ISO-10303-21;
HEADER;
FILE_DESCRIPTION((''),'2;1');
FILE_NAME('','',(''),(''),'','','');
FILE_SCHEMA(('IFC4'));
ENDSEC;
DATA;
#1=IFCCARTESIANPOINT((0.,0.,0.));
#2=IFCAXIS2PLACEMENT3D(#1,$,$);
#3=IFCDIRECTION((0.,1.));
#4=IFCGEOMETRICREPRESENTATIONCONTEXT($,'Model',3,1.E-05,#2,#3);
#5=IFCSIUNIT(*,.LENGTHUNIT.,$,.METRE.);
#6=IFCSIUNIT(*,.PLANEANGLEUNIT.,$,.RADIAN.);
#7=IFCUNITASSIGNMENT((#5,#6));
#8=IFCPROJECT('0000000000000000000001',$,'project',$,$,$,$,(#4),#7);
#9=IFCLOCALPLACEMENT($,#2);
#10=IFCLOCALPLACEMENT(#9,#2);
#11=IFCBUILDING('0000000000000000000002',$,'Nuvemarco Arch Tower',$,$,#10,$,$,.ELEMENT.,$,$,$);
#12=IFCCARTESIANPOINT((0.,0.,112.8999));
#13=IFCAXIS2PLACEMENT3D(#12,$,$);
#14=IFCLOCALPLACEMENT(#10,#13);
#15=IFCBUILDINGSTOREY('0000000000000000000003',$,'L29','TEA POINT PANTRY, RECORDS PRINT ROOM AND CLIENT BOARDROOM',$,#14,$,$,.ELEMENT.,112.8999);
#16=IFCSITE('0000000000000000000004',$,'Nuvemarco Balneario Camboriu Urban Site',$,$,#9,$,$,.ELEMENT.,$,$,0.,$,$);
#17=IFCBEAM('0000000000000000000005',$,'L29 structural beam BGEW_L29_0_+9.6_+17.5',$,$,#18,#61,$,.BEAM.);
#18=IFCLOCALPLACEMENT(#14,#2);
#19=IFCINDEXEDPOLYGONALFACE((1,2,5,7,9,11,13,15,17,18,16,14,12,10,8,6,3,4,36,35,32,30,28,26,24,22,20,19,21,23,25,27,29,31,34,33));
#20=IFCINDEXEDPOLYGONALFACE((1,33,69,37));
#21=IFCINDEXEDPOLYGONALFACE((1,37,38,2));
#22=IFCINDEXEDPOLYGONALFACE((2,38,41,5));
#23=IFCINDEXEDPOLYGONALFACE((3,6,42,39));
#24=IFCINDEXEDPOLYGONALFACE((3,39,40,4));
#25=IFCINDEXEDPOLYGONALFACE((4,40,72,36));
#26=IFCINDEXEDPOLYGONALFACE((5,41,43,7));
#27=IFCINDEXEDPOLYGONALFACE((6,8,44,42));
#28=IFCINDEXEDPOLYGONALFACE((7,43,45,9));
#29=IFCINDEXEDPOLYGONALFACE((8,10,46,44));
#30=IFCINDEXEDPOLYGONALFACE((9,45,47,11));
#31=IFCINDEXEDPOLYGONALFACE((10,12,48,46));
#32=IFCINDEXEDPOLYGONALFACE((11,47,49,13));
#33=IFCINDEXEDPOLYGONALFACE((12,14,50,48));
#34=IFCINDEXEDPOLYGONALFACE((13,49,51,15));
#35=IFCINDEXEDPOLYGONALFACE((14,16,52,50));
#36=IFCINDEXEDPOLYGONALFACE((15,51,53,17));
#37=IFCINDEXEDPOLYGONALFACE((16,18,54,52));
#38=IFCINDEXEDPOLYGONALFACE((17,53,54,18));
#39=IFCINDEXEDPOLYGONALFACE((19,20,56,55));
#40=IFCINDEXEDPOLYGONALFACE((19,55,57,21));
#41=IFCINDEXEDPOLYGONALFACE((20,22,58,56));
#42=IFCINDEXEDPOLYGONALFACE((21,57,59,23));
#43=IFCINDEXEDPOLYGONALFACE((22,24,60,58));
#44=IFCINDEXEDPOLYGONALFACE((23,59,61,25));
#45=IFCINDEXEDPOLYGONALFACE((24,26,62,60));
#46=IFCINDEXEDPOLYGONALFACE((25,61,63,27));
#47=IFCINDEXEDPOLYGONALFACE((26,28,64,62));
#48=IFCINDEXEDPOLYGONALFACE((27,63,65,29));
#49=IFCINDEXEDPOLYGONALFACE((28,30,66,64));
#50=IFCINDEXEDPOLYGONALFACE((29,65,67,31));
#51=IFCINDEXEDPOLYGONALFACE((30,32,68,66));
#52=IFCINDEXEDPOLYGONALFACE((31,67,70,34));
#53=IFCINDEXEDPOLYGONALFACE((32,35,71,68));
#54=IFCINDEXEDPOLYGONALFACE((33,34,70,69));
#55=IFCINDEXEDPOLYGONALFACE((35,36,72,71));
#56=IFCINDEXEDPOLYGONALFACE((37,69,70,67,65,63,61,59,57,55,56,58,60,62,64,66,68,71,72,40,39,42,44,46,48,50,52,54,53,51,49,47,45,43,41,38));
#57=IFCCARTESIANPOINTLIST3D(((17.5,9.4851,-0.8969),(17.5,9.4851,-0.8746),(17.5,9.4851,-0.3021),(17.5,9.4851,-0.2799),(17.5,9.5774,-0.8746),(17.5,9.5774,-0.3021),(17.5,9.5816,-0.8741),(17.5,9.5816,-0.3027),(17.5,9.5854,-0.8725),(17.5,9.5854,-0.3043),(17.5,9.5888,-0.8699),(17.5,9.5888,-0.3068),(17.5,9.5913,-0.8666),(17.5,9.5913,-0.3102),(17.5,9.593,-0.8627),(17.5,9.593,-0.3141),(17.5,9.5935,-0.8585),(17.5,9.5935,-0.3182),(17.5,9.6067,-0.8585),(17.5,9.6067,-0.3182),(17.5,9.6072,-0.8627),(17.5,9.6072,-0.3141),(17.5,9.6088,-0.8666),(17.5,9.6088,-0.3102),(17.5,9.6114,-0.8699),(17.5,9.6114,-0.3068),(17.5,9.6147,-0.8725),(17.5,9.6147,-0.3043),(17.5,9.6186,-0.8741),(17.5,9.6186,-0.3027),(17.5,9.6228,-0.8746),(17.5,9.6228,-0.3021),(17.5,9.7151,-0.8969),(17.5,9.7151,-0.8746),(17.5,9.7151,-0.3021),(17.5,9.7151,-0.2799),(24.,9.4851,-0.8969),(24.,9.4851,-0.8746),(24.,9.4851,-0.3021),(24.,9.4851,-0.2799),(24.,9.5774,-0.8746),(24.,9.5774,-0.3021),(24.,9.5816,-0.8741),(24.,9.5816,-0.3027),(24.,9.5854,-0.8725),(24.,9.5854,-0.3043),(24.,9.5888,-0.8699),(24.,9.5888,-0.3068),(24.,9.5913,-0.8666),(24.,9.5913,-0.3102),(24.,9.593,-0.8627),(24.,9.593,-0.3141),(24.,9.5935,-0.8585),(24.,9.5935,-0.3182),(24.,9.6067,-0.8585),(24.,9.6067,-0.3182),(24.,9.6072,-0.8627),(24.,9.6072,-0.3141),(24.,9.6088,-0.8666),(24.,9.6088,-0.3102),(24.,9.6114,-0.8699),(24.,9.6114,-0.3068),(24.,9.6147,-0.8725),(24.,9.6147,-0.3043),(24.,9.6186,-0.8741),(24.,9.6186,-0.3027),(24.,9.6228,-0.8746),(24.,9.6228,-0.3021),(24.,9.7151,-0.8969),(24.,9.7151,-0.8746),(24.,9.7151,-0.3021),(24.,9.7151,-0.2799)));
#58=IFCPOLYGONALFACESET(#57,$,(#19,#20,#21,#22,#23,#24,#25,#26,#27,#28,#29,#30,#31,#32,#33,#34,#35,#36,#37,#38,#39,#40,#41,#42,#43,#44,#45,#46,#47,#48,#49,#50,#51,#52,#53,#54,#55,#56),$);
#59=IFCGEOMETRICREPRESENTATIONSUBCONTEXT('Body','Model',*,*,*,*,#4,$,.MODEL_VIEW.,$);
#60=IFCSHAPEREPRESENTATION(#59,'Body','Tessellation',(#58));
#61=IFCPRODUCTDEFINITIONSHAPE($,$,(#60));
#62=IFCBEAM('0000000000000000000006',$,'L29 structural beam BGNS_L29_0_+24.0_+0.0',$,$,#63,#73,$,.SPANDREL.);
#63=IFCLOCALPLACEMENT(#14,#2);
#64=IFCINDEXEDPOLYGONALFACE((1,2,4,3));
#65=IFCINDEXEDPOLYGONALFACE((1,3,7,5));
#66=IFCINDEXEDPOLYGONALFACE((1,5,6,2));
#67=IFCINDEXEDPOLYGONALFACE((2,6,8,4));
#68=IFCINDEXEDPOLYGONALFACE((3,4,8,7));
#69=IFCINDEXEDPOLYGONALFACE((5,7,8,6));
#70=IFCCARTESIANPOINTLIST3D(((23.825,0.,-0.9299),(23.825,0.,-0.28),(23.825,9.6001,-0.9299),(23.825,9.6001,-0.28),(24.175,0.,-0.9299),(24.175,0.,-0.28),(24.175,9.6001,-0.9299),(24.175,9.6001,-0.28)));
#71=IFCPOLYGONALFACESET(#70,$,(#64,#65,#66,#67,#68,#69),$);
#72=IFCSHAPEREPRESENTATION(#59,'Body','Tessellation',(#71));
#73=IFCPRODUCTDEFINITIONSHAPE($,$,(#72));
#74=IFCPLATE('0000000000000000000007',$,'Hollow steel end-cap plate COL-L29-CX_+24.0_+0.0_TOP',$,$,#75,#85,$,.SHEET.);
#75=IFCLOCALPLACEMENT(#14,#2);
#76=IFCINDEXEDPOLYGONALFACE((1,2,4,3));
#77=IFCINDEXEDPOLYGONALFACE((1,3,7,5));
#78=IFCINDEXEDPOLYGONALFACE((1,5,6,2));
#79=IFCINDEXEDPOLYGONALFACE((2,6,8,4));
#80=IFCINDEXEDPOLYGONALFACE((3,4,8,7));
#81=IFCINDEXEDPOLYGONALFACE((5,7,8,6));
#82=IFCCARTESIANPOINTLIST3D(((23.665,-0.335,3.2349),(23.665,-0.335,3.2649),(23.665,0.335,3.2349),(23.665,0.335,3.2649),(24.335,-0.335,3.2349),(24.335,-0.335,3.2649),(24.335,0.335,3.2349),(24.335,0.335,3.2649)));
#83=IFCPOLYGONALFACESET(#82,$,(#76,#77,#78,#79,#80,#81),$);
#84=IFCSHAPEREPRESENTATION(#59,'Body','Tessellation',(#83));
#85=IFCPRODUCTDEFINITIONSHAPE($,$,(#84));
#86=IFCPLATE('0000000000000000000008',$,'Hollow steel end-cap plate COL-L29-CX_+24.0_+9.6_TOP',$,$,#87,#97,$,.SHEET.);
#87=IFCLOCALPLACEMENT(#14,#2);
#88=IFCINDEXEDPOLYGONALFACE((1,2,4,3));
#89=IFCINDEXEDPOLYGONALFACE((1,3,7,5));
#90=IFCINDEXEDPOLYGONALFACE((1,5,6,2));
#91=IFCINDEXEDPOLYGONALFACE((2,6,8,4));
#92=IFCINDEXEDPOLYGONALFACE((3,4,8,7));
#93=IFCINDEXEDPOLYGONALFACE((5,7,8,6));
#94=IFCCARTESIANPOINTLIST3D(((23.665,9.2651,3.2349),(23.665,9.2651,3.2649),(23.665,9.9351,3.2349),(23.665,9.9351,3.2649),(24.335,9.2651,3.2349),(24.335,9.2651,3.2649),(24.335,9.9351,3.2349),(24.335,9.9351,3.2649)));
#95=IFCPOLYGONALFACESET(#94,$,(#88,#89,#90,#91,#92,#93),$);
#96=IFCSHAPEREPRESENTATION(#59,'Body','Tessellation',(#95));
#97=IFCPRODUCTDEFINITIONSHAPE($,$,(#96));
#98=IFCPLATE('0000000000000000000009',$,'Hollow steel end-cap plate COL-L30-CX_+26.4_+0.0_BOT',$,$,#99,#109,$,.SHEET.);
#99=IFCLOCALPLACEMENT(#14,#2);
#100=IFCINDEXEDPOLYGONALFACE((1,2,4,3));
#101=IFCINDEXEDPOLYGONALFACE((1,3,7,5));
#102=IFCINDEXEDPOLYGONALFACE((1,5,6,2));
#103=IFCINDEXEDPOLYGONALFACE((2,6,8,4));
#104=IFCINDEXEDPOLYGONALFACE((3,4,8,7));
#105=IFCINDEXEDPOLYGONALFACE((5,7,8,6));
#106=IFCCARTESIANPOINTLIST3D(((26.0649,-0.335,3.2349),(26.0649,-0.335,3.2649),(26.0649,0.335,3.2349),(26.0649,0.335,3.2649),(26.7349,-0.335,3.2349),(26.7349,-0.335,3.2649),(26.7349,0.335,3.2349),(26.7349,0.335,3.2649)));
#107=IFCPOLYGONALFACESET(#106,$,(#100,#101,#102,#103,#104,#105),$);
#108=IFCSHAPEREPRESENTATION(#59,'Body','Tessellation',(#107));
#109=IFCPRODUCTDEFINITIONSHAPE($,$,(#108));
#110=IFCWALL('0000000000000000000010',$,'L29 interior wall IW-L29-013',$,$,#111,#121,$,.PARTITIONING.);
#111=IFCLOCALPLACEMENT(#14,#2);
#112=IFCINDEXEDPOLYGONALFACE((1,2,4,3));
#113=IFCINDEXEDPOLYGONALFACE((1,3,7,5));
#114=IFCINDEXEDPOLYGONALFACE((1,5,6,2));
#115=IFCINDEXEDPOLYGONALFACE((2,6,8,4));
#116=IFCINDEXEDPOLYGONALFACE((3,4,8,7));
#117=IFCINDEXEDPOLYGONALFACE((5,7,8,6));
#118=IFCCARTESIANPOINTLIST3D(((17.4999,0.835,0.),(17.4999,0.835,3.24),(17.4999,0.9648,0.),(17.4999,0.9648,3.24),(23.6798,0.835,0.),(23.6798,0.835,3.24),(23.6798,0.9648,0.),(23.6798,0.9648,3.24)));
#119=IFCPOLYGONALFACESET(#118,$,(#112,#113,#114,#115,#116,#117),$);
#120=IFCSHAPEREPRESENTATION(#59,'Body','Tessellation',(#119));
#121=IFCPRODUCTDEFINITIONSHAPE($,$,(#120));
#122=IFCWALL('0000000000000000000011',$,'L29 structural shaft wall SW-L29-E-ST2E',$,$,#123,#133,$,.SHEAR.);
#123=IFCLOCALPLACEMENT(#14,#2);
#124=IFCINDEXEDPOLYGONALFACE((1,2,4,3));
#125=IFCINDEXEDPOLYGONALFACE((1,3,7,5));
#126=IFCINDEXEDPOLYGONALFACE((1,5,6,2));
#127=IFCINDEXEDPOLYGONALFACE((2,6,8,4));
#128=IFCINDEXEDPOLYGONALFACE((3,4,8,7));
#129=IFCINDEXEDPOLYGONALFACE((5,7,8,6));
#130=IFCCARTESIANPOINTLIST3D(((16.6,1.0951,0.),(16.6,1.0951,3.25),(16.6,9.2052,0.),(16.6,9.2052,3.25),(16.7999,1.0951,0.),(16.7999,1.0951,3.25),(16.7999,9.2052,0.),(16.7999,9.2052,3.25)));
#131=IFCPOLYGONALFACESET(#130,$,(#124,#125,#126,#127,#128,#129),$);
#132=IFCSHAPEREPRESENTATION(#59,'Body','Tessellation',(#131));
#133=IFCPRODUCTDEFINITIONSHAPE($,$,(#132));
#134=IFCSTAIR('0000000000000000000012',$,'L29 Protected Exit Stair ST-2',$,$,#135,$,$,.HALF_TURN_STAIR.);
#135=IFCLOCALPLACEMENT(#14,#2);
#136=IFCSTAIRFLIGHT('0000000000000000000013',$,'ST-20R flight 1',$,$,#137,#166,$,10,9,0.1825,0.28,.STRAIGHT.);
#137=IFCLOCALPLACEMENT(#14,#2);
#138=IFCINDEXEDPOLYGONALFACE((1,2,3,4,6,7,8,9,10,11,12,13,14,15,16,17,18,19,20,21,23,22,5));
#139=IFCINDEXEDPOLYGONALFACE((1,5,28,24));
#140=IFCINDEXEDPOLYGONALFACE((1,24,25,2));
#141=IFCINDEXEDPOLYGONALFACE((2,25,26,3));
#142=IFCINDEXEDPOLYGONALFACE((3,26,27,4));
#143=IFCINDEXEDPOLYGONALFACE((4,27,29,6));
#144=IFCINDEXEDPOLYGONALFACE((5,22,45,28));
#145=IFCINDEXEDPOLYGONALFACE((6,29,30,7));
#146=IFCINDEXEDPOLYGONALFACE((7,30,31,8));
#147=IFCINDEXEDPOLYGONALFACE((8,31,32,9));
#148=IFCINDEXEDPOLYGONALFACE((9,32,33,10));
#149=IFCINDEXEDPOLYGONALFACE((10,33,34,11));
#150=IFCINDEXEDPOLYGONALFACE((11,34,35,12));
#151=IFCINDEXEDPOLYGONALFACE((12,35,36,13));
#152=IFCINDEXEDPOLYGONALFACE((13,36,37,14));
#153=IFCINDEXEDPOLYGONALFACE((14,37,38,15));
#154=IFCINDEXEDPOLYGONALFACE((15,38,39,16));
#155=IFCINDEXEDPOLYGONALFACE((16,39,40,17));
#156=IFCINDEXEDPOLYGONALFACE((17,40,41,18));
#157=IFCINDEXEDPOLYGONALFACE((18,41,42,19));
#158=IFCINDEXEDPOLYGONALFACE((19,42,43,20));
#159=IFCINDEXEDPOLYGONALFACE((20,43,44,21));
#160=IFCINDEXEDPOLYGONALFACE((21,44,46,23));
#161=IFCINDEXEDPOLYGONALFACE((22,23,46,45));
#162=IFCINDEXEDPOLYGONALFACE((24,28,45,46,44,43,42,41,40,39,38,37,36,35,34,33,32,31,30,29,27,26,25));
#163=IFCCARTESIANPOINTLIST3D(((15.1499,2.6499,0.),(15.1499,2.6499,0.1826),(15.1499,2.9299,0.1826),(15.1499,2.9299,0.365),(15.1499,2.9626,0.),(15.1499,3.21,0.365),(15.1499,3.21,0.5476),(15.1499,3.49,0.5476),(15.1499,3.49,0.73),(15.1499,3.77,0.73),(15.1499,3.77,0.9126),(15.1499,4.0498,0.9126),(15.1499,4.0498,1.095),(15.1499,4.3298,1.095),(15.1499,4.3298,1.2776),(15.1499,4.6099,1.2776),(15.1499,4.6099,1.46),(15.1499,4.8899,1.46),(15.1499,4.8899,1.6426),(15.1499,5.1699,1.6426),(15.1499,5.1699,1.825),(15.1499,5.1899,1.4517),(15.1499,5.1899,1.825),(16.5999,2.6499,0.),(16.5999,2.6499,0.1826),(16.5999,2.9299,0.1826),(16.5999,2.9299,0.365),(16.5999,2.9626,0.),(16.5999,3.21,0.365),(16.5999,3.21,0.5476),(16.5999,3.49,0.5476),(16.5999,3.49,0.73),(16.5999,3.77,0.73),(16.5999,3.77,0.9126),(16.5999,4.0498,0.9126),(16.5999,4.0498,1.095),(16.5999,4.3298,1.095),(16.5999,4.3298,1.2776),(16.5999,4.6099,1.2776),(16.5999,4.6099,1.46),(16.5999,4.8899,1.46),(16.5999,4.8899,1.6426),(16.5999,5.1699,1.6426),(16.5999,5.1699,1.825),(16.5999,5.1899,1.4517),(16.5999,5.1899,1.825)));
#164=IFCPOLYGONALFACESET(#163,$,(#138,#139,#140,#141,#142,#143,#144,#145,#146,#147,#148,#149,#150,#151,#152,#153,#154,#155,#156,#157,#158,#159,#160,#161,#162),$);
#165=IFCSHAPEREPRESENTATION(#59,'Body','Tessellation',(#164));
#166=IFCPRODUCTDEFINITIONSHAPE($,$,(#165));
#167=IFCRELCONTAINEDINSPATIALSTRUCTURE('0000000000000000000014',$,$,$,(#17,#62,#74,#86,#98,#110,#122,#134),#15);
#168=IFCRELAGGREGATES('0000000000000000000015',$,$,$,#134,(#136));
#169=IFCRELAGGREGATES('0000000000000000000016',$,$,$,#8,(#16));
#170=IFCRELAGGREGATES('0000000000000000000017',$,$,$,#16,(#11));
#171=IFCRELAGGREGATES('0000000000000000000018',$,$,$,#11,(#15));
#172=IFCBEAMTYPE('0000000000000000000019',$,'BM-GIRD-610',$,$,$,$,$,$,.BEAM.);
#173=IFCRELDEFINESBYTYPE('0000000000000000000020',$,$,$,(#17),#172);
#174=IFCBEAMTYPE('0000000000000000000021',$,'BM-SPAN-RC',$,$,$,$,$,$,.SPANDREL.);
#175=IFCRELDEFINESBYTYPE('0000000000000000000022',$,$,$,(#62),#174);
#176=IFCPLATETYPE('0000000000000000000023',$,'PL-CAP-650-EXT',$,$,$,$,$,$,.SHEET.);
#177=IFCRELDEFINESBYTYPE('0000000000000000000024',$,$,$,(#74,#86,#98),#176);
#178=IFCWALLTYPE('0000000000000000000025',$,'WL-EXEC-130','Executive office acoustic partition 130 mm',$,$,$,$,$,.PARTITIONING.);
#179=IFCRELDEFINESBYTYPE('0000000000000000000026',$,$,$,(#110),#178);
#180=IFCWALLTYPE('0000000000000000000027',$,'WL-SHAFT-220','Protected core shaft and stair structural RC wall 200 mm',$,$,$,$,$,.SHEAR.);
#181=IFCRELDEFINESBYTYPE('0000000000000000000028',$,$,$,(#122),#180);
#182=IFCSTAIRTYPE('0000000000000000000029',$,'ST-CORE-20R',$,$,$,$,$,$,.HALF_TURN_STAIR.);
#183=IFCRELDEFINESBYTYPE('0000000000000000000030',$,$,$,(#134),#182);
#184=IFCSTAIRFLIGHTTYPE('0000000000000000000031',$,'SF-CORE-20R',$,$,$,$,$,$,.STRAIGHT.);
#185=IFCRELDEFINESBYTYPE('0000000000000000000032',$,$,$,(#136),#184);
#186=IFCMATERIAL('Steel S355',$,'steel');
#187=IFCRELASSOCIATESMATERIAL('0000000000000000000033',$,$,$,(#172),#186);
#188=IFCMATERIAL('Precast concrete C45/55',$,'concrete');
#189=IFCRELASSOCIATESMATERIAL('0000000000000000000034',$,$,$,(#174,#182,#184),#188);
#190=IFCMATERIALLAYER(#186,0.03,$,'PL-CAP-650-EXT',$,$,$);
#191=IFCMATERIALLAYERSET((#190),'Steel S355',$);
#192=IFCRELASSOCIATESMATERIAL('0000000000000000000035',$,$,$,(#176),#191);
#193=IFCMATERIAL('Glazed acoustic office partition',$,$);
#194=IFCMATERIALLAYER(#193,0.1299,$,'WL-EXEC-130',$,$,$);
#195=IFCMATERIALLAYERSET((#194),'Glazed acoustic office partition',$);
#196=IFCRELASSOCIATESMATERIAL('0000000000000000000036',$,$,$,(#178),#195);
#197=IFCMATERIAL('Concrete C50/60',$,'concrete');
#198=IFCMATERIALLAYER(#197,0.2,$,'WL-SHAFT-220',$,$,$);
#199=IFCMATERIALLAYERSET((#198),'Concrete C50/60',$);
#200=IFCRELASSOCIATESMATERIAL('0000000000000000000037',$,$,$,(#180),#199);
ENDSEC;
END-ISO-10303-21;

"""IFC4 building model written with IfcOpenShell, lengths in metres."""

from ifc_helpers import new_model, si_unit, direction, frame, frame_2d, origin, origin_2d, place, context, subcontext, project, spatial, polyline, rectangle, i_section, outline, extrude, source, transform, mapped, material, layer, layer_set, material_profile, profile_set, type_object, type_shapes, element, aggregate, save


model = new_model("IFC4")

# Units and contexts
model_context = context("Model", 3, precision=1e-05, world=origin(), true_north=direction((0.0, 1.0)))
body_context = subcontext(model_context, "Body", "Model", "MODEL_VIEW")
ifc_project = project(units=[si_unit("LENGTHUNIT", "METRE"), si_unit("PLANEANGLEUNIT", "RADIAN")], contexts=[model_context])

# Site, building, storey
site_placement = place(None, origin())
site = spatial("IfcSite", under=ifc_project, at=site_placement, Name="Nuvemarco Balneario Camboriu Urban Site", CompositionType="ELEMENT", RefElevation=0.0)
building_placement = place(site_placement, origin())
building = spatial("IfcBuilding", under=site, at=building_placement, Name="Nuvemarco Arch Tower", CompositionType="ELEMENT")
storey_placement = place(building_placement, frame((0.0, 0.0, 112.8999)))
storey = spatial("IfcBuildingStorey", under=building, at=storey_placement, Name="L29", Description="TEA POINT PANTRY, RECORDS PRINT ROOM AND CLIENT BOARDROOM", CompositionType="ELEMENT", Elevation=112.8999)

# Shared definitions
ifc_material_1 = material(Name="Steel S355", Category="steel")

# Beams
ifc_material_profile_1 = material_profile(ifc_material_1, i_section(OverallWidth=0.23, OverallDepth=0.6169, WebThickness=0.0132, FlangeThickness=0.0222, FilletRadius=0.0161, at=origin_2d()), Name="W610x140")
ifc_profile_set_1 = profile_set([ifc_material_profile_1], Name="Steel S355")
beam_type_1 = type_object("IfcBeamType", Name="BM-GIRD-610", PredefinedType="BEAM", material=ifc_profile_set_1)
for number, where, z_axis, x_axis, name in (
    (1, (17.5, 9.6001, -0.5884), (1.0, 0.0, 0.0), (0.0, 1.0, 0.0), "L29 structural beam BGEW_L29_0_+9.6_+17.5"),
):
    element("IfcBeam", number, at=place(storey_placement, frame(where, z_axis=z_axis, x_axis=x_axis)), inside=storey, type_object=beam_type_1, Name=name, PredefinedType="BEAM", context=body_context, shape_type="SweptSolid", body=[
        extrude(i_section(OverallWidth=0.23, OverallDepth=0.6169, WebThickness=0.0132, FlangeThickness=0.0222, FilletRadius=0.0161, at=origin_2d()), origin(), (0.0, 0.0, 1.0), 6.5),
    ])
ifc_material_2 = material(Name="Precast concrete C45/55", Category="concrete")
ifc_material_profile_2 = material_profile(ifc_material_2, rectangle(XDim=0.3501, YDim=0.6499, at=origin_2d()), Name="PC-SP-350x650")
ifc_profile_set_2 = profile_set([ifc_material_profile_2], Name="Precast concrete C45/55")
beam_type_2 = type_object("IfcBeamType", Name="BM-SPAN-RC", PredefinedType="SPANDREL", material=ifc_profile_set_2)
beam_1_placement = place(storey_placement, frame((24.0, 0.0, -0.605), z_axis=(0.0, 1.0, 0.0), x_axis=(-1.0, 0.0, 0.0)))
element("IfcBeam", 2, at=beam_1_placement, inside=storey, type_object=beam_type_2, Name="L29 structural beam BGNS_L29_0_+24.0_+0.0", PredefinedType="SPANDREL", context=body_context, shape_type="SweptSolid", body=[
    extrude(rectangle(XDim=0.3501, YDim=0.6499, at=origin_2d()), origin(), (0.0, 0.0, 1.0), 9.6001),
])

# Plates
ifc_layer_1 = layer(ifc_material_1, 0.03, Name="PL-CAP-650-EXT")
ifc_layer_set_1 = layer_set([ifc_layer_1], Name="Steel S355")
plate_type = type_object("IfcPlateType", Name="PL-CAP-650-EXT", PredefinedType="SHEET", material=ifc_layer_set_1)
shared_shape_1 = source(origin(), body_context, "Body", "SweptSolid", [
    extrude(rectangle(XDim=0.6699, YDim=0.6699, at=origin_2d()), origin(), (0.0, 0.0, 1.0), 0.03),
])
type_shapes(plate_type, [shared_shape_1])
for number, where, z_axis, x_axis, name in (
    (3, (24.0, 0.0, 3.2349), (0.0, 0.0, 1.0), (1.0, 0.0, 0.0), "Hollow steel end-cap plate COL-L29-CX_+24.0_+0.0_TOP"),
    (4, (24.0, 9.6001, 3.2349), (0.0, 0.0, 1.0), (1.0, 0.0, 0.0), "Hollow steel end-cap plate COL-L29-CX_+24.0_+9.6_TOP"),
    (5, (26.3999, 0.0, 3.2349), (0.0, 0.0, 1.0), (1.0, 0.0, 0.0), "Hollow steel end-cap plate COL-L30-CX_+26.4_+0.0_BOT"),
):
    element("IfcPlate", number, at=place(storey_placement, frame(where, z_axis=z_axis, x_axis=x_axis)), inside=storey, type_object=plate_type, Name=name, PredefinedType="SHEET", context=body_context, shape_type="MappedRepresentation", body=[
        mapped(shared_shape_1, transform((0.0, 0.0, 0.0), scale=1.0)),
    ])

# Walls
ifc_material_3 = material(Name="Glazed acoustic office partition")
ifc_layer_2 = layer(ifc_material_3, 0.1299, Name="WL-EXEC-130")
ifc_layer_set_2 = layer_set([ifc_layer_2], Name="Glazed acoustic office partition")
wall_type_1 = type_object("IfcWallType", Name="WL-EXEC-130", Description="Executive office acoustic partition 130 mm", PredefinedType="PARTITIONING", material=ifc_layer_set_2)
wall_1_placement = place(storey_placement, frame((17.5, 0.8999, 0.0), z_axis=(0.0, 0.0, 1.0), x_axis=(1.0, 0.0, 0.0)))
element("IfcWall", 6, at=wall_1_placement, inside=storey, type_object=wall_type_1, Name="L29 interior wall IW-L29-013", PredefinedType="PARTITIONING", context=body_context, shape_type="SweptSolid", body=[
    extrude(rectangle(XDim=6.1799, YDim=0.1299, at=frame_2d((3.0898, 0.0))), origin(), (0.0, 0.0, 1.0), 3.24),
])
ifc_material_4 = material(Name="Concrete C50/60", Category="concrete")
ifc_layer_3 = layer(ifc_material_4, 0.2, Name="WL-SHAFT-220")
ifc_layer_set_3 = layer_set([ifc_layer_3], Name="Concrete C50/60")
wall_type_2 = type_object("IfcWallType", Name="WL-SHAFT-220", Description="Protected core shaft and stair structural RC wall 200 mm", PredefinedType="SHEAR", material=ifc_layer_set_3)
wall_2_placement = place(storey_placement, frame((16.7, 1.095, 0.0), z_axis=(0.0, 0.0, 1.0), x_axis=(0.0, 1.0, 0.0)))
element("IfcWall", 7, at=wall_2_placement, inside=storey, type_object=wall_type_2, Name="L29 structural shaft wall SW-L29-E-ST2E", PredefinedType="SHEAR", context=body_context, shape_type="SweptSolid", body=[
    extrude(rectangle(XDim=8.1101, YDim=0.2, at=frame_2d((4.0552, 0.0))), origin(), (0.0, 0.0, 1.0), 3.25),
])

# Stair, stair flight
stair_type = type_object("IfcStairType", Name="ST-CORE-20R", PredefinedType="HALF_TURN_STAIR", material=ifc_material_2)
stair_placement = place(storey_placement, origin())
stair = element("IfcStair", 8, at=stair_placement, inside=storey, type_object=stair_type, Name="L29 Protected Exit Stair ST-2", PredefinedType="HALF_TURN_STAIR")
stair_flight_type = type_object("IfcStairFlightType", Name="SF-CORE-20R", PredefinedType="STRAIGHT", material=ifc_material_2)
stair_flight_placement = place(storey_placement, frame((15.875, 2.6499, 0.0), z_axis=(0.0, 0.0, 1.0), x_axis=(0.0, 1.0, 0.0)))
stair_flight = element("IfcStairFlight", 9, at=stair_flight_placement, type_object=stair_flight_type, Name="ST-20R flight 1", NumberOfRisers=10, NumberOfTreads=9, PredefinedType="STRAIGHT", RiserHeight=0.1825, TreadLength=0.28, context=body_context, shape_type="SweptSolid", body=[
    extrude(outline(polyline([(0.0, 0.0), (0.0, 0.1826), (0.28, 0.1826), (0.28, 0.365), (0.5601, 0.365), (0.5601, 0.5476), (0.8401, 0.5476), (0.8401, 0.73), (1.1201, 0.73), (1.1201, 0.9126), (1.3999, 0.9126), (1.3999, 1.095), (1.6799, 1.095), (1.6799, 1.2776), (1.96, 1.2776), (1.96, 1.46), (2.24, 1.46), (2.24, 1.6426), (2.52, 1.6426), (2.52, 1.825), (2.54, 1.825), (2.54, 1.4517), (0.3127, 0.0), (0.0, 0.0)])), frame((0.0, 0.7251, 0.0), z_axis=(0.0, -1.0, 0.0), x_axis=(1.0, 0.0, 0.0)), (0.0, 0.0, 1.0), 1.45),
])
aggregate(stair, [stair_flight])

save(model, "model.ifc")
